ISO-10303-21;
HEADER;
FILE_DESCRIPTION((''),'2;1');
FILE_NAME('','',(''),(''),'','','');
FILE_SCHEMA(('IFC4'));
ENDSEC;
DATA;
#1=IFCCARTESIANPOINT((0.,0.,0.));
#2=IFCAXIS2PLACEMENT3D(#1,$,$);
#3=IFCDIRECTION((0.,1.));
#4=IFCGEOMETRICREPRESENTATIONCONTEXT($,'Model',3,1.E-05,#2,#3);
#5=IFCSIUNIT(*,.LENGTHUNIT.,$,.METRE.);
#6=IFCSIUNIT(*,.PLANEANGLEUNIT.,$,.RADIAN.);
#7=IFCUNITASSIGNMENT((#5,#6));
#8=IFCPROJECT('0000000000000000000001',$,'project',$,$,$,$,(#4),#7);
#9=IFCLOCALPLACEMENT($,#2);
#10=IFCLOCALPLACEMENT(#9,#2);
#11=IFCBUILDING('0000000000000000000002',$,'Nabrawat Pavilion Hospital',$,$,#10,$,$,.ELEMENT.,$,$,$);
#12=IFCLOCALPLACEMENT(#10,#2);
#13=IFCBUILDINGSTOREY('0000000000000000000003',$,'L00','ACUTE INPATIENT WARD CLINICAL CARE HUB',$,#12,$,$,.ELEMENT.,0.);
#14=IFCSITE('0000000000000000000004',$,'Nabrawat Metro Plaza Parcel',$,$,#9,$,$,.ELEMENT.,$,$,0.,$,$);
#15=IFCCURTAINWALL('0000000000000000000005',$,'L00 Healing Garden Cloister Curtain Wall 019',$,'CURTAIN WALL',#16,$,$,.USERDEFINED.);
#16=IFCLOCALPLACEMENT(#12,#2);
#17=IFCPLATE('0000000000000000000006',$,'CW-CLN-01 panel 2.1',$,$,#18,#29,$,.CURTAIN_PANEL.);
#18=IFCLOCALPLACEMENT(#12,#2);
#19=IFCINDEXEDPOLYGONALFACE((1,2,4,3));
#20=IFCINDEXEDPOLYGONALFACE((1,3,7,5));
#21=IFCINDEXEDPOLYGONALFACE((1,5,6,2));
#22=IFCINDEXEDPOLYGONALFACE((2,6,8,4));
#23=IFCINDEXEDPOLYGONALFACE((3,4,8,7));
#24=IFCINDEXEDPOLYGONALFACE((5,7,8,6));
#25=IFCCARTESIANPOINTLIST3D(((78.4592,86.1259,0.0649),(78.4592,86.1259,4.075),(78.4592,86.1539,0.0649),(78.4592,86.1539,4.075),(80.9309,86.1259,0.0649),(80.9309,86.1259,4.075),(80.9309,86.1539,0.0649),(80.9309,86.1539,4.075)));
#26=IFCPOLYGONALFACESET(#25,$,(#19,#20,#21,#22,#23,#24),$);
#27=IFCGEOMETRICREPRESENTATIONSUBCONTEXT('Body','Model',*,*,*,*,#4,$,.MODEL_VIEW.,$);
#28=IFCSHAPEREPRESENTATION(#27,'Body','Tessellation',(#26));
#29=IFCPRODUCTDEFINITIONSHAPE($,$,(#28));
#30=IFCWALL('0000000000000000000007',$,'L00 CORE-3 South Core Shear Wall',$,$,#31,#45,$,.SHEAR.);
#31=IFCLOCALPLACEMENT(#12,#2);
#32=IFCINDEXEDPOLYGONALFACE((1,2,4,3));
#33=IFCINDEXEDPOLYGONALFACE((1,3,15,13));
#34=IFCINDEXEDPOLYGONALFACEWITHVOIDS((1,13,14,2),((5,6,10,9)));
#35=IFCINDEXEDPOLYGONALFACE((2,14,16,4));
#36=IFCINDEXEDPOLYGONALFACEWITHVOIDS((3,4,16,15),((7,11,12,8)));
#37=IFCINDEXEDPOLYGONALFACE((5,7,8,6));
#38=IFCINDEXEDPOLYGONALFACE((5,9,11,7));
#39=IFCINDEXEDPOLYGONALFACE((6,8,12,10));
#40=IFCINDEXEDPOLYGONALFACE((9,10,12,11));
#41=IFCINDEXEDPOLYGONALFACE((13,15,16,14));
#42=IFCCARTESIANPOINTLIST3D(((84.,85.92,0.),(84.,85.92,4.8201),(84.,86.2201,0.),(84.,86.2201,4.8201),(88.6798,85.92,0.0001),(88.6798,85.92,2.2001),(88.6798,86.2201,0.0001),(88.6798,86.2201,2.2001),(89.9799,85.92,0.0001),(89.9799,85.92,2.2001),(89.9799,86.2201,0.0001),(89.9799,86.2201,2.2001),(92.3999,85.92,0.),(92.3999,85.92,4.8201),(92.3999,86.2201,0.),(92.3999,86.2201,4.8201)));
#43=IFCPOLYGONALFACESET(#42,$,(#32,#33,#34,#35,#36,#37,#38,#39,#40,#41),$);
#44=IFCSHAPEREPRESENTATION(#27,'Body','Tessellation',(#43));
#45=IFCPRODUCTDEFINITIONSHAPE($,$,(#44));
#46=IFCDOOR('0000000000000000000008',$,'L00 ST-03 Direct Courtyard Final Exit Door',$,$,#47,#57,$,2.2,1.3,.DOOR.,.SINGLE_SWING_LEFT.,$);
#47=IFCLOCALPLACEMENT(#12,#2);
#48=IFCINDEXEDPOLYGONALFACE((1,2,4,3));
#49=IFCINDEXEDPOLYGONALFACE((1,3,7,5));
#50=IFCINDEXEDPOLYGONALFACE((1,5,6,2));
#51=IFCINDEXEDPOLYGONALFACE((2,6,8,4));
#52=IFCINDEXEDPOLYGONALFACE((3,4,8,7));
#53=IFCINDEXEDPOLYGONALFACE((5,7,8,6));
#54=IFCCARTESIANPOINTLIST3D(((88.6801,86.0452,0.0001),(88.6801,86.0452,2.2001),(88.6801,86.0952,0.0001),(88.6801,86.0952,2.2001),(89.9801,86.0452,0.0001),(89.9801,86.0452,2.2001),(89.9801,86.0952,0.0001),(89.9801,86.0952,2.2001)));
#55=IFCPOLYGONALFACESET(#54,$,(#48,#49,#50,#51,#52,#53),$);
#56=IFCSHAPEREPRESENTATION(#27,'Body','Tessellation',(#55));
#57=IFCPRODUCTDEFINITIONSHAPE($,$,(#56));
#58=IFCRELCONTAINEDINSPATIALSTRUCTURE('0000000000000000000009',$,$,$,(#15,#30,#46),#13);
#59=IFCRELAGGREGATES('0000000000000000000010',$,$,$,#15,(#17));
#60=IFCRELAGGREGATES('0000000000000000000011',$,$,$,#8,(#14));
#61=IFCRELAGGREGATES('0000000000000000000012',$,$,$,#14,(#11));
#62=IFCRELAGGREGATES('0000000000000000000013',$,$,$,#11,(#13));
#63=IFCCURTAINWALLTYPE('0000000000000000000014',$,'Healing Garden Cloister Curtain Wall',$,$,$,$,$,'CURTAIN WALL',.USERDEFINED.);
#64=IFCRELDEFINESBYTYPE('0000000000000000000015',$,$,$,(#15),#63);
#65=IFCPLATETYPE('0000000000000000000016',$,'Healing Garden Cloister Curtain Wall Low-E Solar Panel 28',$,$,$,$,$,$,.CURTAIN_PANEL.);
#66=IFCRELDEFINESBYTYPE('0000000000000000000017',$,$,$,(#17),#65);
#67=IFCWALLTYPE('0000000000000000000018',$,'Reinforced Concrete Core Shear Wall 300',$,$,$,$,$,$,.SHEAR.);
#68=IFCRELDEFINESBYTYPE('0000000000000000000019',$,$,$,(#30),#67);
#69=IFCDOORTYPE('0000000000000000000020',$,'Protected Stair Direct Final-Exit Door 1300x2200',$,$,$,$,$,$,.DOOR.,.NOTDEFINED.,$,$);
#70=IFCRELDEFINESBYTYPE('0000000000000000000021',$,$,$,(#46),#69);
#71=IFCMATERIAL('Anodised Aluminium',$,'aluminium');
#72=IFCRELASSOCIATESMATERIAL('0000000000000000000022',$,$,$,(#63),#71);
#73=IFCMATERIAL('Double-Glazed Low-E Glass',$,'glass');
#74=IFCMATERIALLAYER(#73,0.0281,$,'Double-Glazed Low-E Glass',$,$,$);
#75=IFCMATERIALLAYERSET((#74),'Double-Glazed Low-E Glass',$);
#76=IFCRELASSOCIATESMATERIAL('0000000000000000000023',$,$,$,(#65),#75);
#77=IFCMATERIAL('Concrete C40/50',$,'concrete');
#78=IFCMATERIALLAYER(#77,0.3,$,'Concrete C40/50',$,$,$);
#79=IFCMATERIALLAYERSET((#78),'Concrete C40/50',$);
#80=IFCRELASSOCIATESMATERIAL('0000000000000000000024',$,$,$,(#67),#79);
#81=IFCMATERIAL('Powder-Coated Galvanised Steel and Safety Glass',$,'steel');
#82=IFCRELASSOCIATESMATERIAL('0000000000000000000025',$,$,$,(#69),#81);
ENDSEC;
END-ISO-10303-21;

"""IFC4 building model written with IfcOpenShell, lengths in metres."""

from ifc_helpers import new_model, si_unit, direction, frame, frame_2d, origin, origin_2d, place, context, subcontext, project, spatial, rectangle, extrude, material, layer, layer_set, type_object, element, fill, aggregate, save


model = new_model("IFC4")

# Units and contexts
model_context = context("Model", 3, precision=1e-05, world=origin(), true_north=direction((0.0, 1.0)))
body_context = subcontext(model_context, "Body", "Model", "MODEL_VIEW")
ifc_project = project(units=[si_unit("LENGTHUNIT", "METRE"), si_unit("PLANEANGLEUNIT", "RADIAN")], contexts=[model_context])

# Site, building, storey
site_placement = place(None, origin())
site = spatial("IfcSite", under=ifc_project, at=site_placement, Name="Nabrawat Metro Plaza Parcel", CompositionType="ELEMENT", RefElevation=0.0)
building_placement = place(site_placement, origin())
building = spatial("IfcBuilding", under=site, at=building_placement, Name="Nabrawat Pavilion Hospital", CompositionType="ELEMENT")
storey_placement = place(building_placement, origin())
storey = spatial("IfcBuildingStorey", under=building, at=storey_placement, Name="L00", Description="ACUTE INPATIENT WARD CLINICAL CARE HUB", CompositionType="ELEMENT", Elevation=0.0)

# Curtain wall
ifc_material_1 = material(Name="Anodised Aluminium", Category="aluminium")
curtain_wall_type = type_object("IfcCurtainWallType", Name="Healing Garden Cloister Curtain Wall", ElementType="CURTAIN WALL", PredefinedType="USERDEFINED", material=ifc_material_1)
curtain_wall_1_placement = place(storey_placement, origin())
curtain_wall_1 = element("IfcCurtainWall", 1, at=curtain_wall_1_placement, inside=storey, type_object=curtain_wall_type, Name="L00 Healing Garden Cloister Curtain Wall 019", ObjectType="CURTAIN WALL", PredefinedType="USERDEFINED")

# Plate
ifc_material_2 = material(Name="Double-Glazed Low-E Glass", Category="glass")
ifc_layer_1 = layer(ifc_material_2, 0.0281, Name="Double-Glazed Low-E Glass")
ifc_layer_set_1 = layer_set([ifc_layer_1], Name="Double-Glazed Low-E Glass")
plate_type = type_object("IfcPlateType", Name="Healing Garden Cloister Curtain Wall Low-E Solar Panel 28", PredefinedType="CURTAIN_PANEL", material=ifc_layer_set_1)
plate_1_placement = place(storey_placement, frame((79.6951, 86.1399, 0.0649), z_axis=(0.0, 0.0, 1.0), x_axis=(1.0, 0.0, 0.0)))
plate_1 = element("IfcPlate", 2, at=plate_1_placement, type_object=plate_type, Name="CW-CLN-01 panel 2.1", PredefinedType="CURTAIN_PANEL", context=body_context, shape_type="SweptSolid", body=[
    extrude(rectangle(XDim=2.4717, YDim=0.0281, at=origin_2d()), origin(), (0.0, 0.0, 1.0), 4.01),
])
aggregate(curtain_wall_1, [plate_1])

# Wall, opening, door
ifc_material_3 = material(Name="Concrete C40/50", Category="concrete")
ifc_layer_2 = layer(ifc_material_3, 0.3, Name="Concrete C40/50")
ifc_layer_set_2 = layer_set([ifc_layer_2], Name="Concrete C40/50")
wall_type = type_object("IfcWallType", Name="Reinforced Concrete Core Shear Wall 300", PredefinedType="SHEAR", material=ifc_layer_set_2)
wall_placement = place(storey_placement, frame((84.0, 86.0701, 0.0), z_axis=(0.0, 0.0, 1.0), x_axis=(1.0, 0.0, 0.0)))
wall = element("IfcWall", 3, at=wall_placement, inside=storey, type_object=wall_type, Name="L00 CORE-3 South Core Shear Wall", PredefinedType="SHEAR", context=body_context, shape_type="SweptSolid", body=[
    extrude(rectangle(XDim=8.3999, YDim=0.3, at=frame_2d((4.2, 0.0))), origin(), (0.0, 0.0, 1.0), 4.8201),
])
opening_placement = place(wall_placement, frame((4.6799, 0.0, 0.0)))
opening = element("IfcOpeningElement", 4, at=opening_placement, cuts=wall, PredefinedType="OPENING", context=body_context, shape_type="SweptSolid", body=[
    extrude(rectangle(XDim=1.3, YDim=2.2, at=frame_2d((0.6499, 1.1001))), frame((0.0, 0.1602, 0.0), z_axis=(0.0, -1.0, 0.0), x_axis=(1.0, 0.0, 0.0)), (0.0, 0.0, 1.0), 0.3201),
])
ifc_material_4 = material(Name="Powder-Coated Galvanised Steel and Safety Glass", Category="steel")
door_type = type_object("IfcDoorType", Name="Protected Stair Direct Final-Exit Door 1300x2200", OperationType="NOTDEFINED", PredefinedType="DOOR", material=ifc_material_4)
door_placement = place(opening_placement, frame((1.3, 0.0, 0.0), z_axis=(0.0, 0.0, 1.0), x_axis=(-1.0, 0.0, 0.0)))
door = element("IfcDoor", 5, at=door_placement, inside=storey, type_object=door_type, Name="L00 ST-03 Direct Courtyard Final Exit Door", OperationType="SINGLE_SWING_LEFT", OverallHeight=2.2, OverallWidth=1.3, PredefinedType="DOOR", context=body_context, shape_type="SweptSolid", body=[
    extrude(rectangle(XDim=1.3, YDim=2.2, at=frame_2d((0.6499, 1.1001))), frame((0.0, 0.0249, 0.0), z_axis=(0.0, -1.0, 0.0), x_axis=(1.0, 0.0, 0.0)), (0.0, 0.0, 1.0), 0.05),
])
fill(opening, door)

save(model, "model.ifc")
